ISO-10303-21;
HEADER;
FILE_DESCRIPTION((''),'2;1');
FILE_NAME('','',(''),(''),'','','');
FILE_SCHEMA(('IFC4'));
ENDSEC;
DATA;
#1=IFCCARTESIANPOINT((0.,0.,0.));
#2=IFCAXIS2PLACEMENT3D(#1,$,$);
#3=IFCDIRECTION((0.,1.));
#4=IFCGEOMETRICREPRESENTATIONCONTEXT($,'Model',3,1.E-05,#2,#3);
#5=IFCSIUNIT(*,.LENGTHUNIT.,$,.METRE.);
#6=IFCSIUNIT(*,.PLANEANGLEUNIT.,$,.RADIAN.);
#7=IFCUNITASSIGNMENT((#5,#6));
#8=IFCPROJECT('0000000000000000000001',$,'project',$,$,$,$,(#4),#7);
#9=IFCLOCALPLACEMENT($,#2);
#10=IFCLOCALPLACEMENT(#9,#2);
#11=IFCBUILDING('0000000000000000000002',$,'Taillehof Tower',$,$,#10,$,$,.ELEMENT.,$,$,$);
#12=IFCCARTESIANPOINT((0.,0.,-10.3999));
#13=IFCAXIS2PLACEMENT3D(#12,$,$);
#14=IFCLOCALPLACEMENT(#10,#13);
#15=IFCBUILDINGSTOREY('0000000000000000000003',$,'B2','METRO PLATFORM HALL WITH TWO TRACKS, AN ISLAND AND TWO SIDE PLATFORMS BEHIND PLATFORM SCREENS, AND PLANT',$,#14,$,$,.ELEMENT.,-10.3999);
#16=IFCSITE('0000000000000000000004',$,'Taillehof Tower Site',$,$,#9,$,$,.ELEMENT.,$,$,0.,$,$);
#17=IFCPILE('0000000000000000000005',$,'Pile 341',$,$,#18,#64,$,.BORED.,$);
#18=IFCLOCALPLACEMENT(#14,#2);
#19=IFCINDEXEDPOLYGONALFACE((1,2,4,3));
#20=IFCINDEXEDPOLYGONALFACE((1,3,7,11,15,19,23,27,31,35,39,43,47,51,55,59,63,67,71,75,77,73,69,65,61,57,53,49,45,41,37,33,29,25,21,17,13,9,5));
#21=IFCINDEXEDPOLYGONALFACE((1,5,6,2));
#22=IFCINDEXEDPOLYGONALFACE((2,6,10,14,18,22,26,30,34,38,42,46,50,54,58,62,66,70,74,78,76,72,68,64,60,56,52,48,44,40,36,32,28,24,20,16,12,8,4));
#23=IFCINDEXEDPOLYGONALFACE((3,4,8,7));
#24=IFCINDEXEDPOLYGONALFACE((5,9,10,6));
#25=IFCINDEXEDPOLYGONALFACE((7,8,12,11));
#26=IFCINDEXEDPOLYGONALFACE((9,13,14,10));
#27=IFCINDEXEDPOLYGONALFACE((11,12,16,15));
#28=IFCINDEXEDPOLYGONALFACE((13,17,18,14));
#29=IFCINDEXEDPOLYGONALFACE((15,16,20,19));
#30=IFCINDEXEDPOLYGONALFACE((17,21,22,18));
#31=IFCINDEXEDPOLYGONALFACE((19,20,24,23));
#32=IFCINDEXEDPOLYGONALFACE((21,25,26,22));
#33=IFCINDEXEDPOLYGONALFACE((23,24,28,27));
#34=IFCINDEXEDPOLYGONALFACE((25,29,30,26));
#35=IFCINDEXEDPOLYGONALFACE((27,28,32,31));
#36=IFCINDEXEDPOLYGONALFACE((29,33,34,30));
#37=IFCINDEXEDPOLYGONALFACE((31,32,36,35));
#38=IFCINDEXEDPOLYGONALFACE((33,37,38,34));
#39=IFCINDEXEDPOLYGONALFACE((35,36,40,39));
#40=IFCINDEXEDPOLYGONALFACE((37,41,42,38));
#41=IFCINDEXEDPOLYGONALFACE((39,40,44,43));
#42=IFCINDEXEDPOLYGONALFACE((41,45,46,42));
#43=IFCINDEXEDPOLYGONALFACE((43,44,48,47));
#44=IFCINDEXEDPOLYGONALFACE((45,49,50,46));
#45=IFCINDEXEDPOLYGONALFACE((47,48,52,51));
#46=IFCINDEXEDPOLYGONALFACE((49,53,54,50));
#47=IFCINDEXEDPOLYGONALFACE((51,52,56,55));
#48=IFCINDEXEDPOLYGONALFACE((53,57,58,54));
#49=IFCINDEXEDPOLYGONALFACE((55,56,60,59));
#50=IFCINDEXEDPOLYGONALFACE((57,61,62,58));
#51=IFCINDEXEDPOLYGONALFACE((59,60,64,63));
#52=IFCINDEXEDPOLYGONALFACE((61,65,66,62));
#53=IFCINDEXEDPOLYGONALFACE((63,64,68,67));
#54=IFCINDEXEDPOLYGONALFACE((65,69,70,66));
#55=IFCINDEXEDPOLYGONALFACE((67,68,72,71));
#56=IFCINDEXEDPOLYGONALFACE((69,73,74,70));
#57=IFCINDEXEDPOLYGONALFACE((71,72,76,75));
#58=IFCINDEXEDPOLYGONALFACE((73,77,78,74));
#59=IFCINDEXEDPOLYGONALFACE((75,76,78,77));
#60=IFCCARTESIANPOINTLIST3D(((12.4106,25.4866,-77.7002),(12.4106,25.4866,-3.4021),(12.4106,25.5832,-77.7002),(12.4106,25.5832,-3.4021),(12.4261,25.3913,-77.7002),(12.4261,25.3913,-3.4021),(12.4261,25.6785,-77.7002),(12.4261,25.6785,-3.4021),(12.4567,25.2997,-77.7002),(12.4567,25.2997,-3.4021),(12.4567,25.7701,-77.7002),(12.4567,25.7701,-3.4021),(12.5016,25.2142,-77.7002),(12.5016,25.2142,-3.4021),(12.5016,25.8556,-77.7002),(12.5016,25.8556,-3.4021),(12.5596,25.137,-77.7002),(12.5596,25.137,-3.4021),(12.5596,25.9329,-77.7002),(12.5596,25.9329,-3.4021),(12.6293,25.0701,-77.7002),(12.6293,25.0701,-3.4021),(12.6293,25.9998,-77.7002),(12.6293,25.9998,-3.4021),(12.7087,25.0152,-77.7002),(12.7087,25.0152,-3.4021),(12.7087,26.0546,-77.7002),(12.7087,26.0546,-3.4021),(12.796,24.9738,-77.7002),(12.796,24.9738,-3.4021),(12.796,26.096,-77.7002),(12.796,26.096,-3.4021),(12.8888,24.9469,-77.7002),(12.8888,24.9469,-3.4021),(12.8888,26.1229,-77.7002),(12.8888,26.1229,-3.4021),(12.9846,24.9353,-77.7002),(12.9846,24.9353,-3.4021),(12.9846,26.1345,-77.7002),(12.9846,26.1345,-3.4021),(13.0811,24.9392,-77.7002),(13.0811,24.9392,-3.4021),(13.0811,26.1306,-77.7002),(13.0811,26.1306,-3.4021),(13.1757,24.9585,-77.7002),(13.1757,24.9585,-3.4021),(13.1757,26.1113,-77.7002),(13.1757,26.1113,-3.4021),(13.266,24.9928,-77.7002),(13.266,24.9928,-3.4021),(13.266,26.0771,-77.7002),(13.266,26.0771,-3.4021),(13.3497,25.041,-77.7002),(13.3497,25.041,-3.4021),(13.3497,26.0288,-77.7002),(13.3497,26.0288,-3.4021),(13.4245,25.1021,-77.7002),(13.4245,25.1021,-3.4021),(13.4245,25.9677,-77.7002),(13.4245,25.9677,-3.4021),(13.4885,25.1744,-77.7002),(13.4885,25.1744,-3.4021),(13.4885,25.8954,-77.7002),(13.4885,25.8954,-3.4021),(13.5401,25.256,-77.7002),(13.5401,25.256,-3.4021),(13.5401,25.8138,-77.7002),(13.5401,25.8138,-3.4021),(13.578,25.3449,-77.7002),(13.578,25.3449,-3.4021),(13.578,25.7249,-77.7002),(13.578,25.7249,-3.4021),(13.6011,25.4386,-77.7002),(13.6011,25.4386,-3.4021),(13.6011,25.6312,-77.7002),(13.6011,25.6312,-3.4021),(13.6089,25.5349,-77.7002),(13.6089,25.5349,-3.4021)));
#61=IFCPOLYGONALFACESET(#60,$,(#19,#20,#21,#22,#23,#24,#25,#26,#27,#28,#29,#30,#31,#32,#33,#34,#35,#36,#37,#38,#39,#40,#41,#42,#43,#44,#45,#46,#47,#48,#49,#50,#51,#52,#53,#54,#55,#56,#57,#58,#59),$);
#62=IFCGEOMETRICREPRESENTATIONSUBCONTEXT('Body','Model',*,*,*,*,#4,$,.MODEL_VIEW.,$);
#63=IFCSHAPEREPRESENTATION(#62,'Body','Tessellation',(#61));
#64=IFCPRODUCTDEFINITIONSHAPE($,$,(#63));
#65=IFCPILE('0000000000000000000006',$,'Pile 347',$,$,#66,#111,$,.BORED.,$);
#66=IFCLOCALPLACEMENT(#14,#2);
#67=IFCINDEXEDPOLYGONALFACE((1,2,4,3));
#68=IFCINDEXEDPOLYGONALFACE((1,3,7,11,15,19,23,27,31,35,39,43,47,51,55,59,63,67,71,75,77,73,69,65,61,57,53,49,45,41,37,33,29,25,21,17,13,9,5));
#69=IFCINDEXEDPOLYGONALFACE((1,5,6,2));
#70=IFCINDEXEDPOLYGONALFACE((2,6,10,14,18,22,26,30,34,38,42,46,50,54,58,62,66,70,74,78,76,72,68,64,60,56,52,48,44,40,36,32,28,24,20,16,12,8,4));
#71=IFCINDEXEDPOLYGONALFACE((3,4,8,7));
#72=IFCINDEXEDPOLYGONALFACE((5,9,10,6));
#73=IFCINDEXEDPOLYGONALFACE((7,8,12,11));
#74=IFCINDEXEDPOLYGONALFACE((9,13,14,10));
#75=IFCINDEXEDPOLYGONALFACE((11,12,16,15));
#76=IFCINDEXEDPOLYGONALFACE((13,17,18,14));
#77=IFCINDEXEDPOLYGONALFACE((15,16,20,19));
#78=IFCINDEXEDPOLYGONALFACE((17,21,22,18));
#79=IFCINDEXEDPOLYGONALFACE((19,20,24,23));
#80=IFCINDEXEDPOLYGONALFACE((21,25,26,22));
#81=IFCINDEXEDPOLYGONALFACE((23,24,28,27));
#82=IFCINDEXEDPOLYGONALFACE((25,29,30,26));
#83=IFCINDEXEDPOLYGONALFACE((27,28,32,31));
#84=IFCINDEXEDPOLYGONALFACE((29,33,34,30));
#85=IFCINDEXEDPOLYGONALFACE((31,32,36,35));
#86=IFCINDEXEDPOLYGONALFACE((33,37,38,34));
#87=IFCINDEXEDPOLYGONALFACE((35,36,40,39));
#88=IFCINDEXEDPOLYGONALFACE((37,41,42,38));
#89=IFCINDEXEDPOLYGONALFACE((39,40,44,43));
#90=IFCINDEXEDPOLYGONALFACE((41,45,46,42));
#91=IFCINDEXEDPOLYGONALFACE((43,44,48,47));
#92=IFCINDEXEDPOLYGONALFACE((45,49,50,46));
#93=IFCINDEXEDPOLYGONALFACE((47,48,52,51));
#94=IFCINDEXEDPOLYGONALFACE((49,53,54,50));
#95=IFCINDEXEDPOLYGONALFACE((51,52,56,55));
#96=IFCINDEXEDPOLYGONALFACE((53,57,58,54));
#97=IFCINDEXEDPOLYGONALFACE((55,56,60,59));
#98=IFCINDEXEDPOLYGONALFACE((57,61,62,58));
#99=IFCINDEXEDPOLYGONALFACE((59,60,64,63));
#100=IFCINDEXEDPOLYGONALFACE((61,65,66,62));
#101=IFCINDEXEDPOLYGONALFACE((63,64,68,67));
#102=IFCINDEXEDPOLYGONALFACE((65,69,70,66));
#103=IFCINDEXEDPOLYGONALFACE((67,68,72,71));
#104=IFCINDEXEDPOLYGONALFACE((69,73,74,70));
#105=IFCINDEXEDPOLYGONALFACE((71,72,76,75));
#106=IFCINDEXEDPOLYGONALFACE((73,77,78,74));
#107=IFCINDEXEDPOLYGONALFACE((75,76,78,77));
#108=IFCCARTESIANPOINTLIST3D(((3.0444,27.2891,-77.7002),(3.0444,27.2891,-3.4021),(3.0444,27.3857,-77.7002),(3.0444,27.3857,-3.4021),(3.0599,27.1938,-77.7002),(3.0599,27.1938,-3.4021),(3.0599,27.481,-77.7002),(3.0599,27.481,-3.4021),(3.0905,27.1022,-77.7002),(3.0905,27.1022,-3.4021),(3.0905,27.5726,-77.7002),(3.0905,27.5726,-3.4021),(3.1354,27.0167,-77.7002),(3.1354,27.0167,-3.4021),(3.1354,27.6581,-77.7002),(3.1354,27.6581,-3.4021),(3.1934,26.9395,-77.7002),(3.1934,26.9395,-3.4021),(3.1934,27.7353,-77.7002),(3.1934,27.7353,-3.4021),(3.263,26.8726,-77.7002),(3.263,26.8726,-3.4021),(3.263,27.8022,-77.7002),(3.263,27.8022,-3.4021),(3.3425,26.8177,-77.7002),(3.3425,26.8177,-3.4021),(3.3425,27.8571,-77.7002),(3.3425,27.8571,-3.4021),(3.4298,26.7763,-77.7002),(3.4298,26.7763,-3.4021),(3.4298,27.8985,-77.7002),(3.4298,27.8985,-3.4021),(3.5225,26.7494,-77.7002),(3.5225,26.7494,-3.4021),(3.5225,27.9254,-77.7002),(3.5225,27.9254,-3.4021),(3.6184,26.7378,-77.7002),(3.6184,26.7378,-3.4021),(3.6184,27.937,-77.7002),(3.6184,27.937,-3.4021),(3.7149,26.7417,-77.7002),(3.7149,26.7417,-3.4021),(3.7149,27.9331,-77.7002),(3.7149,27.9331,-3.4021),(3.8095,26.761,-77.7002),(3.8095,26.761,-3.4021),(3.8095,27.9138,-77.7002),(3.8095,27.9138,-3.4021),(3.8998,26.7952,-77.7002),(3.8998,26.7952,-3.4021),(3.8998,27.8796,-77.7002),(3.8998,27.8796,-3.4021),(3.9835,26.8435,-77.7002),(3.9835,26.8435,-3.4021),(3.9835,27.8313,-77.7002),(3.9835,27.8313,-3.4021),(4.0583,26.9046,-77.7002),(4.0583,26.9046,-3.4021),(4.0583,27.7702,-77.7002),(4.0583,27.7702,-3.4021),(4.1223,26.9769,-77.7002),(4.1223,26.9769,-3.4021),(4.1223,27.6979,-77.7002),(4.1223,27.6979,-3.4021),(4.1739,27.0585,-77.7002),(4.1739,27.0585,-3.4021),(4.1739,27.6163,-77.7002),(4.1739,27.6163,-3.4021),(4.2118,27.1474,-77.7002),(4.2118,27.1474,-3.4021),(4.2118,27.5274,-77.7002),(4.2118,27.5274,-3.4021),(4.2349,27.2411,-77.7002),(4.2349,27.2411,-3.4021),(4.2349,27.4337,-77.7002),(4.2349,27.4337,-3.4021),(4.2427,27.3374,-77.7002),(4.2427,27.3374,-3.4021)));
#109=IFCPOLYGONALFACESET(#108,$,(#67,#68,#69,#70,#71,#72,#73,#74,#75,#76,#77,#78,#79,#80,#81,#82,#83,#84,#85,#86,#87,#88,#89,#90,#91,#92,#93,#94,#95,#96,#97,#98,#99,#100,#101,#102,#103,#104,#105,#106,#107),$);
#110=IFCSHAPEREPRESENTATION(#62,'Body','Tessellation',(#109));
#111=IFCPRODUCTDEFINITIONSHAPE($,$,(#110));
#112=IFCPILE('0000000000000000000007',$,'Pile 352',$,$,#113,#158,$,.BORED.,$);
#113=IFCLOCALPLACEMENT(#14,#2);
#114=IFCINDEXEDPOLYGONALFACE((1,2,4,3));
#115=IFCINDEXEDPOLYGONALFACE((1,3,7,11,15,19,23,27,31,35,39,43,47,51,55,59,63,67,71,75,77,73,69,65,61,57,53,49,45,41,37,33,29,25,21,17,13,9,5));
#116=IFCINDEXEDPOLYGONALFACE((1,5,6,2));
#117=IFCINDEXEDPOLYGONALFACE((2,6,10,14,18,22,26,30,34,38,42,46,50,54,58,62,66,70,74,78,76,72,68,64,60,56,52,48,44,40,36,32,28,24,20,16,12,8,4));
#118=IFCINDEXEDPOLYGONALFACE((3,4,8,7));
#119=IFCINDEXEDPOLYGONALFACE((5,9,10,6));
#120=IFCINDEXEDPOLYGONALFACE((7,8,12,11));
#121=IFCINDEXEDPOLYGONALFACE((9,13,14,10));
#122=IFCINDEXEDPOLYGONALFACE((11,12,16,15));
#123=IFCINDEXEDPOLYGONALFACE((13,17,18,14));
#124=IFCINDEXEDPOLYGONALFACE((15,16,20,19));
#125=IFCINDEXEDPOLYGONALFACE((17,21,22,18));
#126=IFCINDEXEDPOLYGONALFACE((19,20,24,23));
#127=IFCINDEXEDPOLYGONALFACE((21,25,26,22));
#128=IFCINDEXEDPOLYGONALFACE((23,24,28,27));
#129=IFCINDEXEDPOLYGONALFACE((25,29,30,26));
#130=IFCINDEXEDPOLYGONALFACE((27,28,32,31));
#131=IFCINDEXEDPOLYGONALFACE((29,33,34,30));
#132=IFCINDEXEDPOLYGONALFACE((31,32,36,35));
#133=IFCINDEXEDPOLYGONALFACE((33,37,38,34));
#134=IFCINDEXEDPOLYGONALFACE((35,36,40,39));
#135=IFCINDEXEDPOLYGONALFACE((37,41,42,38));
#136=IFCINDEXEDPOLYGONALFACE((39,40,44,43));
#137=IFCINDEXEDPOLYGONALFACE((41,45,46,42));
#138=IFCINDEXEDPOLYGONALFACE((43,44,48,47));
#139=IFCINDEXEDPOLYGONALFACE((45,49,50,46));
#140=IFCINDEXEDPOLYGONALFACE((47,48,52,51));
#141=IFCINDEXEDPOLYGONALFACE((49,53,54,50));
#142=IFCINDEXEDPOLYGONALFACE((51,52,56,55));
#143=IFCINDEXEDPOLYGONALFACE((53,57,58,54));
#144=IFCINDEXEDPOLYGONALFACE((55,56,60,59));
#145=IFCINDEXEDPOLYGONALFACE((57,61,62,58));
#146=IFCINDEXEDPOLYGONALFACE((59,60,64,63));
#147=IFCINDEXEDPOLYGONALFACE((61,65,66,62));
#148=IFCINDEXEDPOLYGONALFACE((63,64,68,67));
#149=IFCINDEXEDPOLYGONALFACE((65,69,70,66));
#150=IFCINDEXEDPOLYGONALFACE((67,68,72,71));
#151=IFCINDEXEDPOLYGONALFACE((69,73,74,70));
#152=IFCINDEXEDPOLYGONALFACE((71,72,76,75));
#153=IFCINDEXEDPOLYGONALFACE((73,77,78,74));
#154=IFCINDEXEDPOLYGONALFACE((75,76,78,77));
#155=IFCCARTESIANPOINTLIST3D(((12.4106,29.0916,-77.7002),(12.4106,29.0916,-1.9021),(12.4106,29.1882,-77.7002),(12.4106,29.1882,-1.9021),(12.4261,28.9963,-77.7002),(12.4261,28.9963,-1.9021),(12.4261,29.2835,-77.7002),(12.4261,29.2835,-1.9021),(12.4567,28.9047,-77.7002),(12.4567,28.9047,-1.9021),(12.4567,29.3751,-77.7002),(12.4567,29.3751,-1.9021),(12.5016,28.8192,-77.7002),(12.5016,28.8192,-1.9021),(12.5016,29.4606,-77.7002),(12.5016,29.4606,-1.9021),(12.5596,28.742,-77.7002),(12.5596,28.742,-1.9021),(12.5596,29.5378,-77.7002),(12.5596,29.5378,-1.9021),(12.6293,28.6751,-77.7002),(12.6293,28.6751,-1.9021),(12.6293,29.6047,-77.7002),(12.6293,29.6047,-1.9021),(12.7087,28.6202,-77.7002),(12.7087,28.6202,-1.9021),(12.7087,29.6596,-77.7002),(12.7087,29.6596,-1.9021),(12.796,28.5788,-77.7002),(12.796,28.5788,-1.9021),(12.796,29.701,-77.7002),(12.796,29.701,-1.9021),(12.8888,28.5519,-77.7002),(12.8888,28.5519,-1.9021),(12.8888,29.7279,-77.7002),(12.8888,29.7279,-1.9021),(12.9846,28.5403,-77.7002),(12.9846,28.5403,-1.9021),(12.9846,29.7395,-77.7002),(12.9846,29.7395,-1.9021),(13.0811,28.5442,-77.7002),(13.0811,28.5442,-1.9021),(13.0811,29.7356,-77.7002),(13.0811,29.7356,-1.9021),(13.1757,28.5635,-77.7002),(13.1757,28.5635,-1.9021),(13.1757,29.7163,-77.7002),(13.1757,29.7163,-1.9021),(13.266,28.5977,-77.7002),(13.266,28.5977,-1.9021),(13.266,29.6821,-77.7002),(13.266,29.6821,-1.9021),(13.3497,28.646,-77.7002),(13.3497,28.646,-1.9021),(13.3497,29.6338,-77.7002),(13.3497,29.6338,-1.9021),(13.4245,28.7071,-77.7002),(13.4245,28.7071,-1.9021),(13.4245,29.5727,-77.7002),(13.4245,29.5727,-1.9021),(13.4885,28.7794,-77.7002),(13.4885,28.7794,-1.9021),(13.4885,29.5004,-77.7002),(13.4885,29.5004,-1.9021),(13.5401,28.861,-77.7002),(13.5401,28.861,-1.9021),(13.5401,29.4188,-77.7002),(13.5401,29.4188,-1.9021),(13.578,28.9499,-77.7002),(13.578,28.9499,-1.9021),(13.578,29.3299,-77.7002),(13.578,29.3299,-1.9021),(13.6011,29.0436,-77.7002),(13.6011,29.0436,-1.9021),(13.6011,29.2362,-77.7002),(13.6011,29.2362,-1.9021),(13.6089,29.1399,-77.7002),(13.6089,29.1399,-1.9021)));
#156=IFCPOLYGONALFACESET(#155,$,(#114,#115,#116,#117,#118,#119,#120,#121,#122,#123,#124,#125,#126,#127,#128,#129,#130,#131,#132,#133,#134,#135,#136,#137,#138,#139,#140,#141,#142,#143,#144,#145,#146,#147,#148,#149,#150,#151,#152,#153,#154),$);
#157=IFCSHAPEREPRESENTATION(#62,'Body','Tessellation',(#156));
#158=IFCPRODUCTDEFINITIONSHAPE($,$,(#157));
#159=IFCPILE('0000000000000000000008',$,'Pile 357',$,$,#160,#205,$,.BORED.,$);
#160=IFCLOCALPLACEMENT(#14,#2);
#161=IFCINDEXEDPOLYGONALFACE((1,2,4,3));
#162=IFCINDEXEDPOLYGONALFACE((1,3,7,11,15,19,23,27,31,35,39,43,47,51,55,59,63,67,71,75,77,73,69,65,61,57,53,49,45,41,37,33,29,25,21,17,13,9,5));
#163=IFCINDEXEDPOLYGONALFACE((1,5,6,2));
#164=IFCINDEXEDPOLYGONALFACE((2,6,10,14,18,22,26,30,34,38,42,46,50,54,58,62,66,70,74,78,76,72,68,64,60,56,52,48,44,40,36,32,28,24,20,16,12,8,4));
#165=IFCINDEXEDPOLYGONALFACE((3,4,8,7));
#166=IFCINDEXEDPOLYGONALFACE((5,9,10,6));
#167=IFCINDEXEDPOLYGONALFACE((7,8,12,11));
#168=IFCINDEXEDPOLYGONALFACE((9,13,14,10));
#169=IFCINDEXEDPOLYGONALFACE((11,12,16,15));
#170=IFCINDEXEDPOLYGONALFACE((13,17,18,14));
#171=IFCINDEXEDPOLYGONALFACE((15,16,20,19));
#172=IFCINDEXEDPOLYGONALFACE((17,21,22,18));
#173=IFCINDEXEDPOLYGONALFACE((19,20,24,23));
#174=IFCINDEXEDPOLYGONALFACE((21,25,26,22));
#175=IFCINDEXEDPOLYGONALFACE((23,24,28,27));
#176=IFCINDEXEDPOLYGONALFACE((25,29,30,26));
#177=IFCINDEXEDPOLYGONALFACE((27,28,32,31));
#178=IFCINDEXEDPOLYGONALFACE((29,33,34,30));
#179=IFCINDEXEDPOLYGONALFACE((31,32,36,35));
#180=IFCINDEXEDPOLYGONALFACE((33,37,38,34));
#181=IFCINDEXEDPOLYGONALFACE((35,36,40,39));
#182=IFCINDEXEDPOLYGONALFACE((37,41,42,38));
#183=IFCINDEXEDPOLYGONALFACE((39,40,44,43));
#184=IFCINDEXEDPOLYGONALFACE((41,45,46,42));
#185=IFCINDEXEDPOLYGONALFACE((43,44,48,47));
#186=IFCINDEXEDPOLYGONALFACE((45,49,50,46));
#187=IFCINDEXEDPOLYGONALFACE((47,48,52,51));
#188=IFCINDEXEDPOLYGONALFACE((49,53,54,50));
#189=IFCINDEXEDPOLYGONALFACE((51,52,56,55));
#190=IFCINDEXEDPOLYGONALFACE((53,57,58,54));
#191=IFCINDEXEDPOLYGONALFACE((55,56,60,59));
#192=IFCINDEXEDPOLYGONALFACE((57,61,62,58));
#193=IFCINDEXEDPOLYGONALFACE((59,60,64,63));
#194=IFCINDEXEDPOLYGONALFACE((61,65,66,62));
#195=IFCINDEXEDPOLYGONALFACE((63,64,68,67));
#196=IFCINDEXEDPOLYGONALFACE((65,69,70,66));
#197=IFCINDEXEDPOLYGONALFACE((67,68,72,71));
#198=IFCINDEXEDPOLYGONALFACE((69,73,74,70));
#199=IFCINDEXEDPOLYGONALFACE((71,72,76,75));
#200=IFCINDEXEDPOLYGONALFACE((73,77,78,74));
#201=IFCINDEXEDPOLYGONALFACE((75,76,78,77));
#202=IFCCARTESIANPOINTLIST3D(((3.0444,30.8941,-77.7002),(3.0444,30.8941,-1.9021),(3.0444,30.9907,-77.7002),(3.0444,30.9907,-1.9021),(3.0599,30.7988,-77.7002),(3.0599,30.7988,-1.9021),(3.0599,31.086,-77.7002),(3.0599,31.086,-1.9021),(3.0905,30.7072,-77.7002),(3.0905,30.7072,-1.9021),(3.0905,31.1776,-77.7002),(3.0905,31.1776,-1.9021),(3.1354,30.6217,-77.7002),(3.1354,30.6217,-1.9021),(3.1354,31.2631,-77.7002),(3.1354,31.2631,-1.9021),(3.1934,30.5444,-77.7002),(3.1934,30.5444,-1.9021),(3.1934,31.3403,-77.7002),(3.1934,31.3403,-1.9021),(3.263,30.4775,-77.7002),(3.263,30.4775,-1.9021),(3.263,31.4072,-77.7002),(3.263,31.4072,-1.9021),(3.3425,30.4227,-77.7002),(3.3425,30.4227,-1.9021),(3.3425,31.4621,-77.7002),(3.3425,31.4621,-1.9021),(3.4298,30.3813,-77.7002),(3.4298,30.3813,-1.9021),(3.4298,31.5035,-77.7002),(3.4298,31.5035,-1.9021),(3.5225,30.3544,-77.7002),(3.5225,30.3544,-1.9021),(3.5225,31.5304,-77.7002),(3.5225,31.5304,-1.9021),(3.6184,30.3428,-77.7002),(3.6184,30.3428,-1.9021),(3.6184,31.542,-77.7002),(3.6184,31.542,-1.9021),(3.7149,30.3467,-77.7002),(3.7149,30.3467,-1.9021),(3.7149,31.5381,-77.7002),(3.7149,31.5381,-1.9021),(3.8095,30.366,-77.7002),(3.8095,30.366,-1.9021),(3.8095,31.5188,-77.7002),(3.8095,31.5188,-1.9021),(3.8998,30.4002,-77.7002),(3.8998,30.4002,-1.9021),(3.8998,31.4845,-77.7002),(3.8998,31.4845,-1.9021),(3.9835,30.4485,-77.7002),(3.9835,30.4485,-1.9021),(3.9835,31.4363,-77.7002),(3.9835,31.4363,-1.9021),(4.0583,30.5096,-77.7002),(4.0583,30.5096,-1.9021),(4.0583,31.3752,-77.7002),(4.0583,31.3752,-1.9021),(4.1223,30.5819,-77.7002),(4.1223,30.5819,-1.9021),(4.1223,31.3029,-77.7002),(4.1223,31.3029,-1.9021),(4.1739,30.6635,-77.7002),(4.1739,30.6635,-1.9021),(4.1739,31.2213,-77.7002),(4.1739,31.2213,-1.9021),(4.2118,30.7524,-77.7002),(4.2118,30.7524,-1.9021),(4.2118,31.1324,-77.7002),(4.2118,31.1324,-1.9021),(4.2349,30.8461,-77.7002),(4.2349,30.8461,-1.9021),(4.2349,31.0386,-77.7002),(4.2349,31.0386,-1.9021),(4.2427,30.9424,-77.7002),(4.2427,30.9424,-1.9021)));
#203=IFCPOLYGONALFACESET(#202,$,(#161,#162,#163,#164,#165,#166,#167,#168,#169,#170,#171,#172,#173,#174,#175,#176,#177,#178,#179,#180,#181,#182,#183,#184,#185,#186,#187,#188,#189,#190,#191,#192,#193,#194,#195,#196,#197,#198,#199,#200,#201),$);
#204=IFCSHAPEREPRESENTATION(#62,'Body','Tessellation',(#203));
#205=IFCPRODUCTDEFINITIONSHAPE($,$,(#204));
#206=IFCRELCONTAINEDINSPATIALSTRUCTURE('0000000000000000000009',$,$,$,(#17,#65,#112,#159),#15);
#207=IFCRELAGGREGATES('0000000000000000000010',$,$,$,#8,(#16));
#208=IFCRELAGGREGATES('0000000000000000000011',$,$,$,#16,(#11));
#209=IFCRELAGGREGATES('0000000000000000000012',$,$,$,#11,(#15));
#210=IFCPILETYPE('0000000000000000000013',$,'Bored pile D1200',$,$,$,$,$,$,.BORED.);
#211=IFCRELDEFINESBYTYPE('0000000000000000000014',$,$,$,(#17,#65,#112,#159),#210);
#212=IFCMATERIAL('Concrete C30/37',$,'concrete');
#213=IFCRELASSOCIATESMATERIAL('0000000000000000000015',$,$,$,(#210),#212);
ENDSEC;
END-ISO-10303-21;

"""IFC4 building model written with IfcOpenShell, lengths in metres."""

from ifc_helpers import new_model, si_unit, direction, frame, origin, origin_2d, place, context, subcontext, project, spatial, circle, extrude, material, material_profile, profile_set, type_object, element, save


model = new_model("IFC4")

# Units and contexts
model_context = context("Model", 3, precision=1e-05, world=origin(), true_north=direction((0.0, 1.0)))
body_context = subcontext(model_context, "Body", "Model", "MODEL_VIEW")
ifc_project = project(units=[si_unit("LENGTHUNIT", "METRE"), si_unit("PLANEANGLEUNIT", "RADIAN")], contexts=[model_context])

# Site, building, storey
site_placement = place(None, origin())
site = spatial("IfcSite", under=ifc_project, at=site_placement, Name="Taillehof Tower Site", CompositionType="ELEMENT", RefElevation=0.0)
building_placement = place(site_placement, origin())
building = spatial("IfcBuilding", under=site, at=building_placement, Name="Taillehof Tower", CompositionType="ELEMENT")
storey_placement = place(building_placement, frame((0.0, 0.0, -10.3999)))
storey = spatial("IfcBuildingStorey", under=building, at=storey_placement, Name="B2", Description="METRO PLATFORM HALL WITH TWO TRACKS, AN ISLAND AND TWO SIDE PLATFORMS BEHIND PLATFORM SCREENS, AND PLANT", CompositionType="ELEMENT", Elevation=-10.3999)

# Piles
ifc_material_1 = material(Name="Concrete C30/37", Category="concrete")
ifc_material_profile_1 = material_profile(ifc_material_1, circle(Radius=0.6001, at=origin_2d()), Name="BP D1200")
ifc_profile_set_1 = profile_set([ifc_material_profile_1], Name="Concrete C30/37")
pile_type = type_object("IfcPileType", Name="Bored pile D1200", PredefinedType="BORED", material=ifc_profile_set_1)
for number, where, z_axis, x_axis, name in (
    (1, (13.0088, 25.5349, -3.4021), (0.0, 0.0, -1.0), (1.0, 0.0, 0.0), "Pile 341"),
    (2, (3.6426, 27.3374, -3.4021), (0.0, 0.0, -1.0), (1.0, 0.0, 0.0), "Pile 347"),
):
    element("IfcPile", number, at=place(storey_placement, frame(where, z_axis=z_axis, x_axis=x_axis)), inside=storey, type_object=pile_type, Name=name, PredefinedType="BORED", context=body_context, shape_type="SweptSolid", body=[
        extrude(circle(Radius=0.6001, at=origin_2d()), origin(), (0.0, 0.0, 1.0), 74.2981),
    ])
for number, where, z_axis, x_axis, name in (
    (3, (13.0088, 29.1399, -1.9021), (0.0, 0.0, -1.0), (1.0, 0.0, 0.0), "Pile 352"),
    (4, (3.6426, 30.9424, -1.9021), (0.0, 0.0, -1.0), (1.0, 0.0, 0.0), "Pile 357"),
):
    element("IfcPile", number, at=place(storey_placement, frame(where, z_axis=z_axis, x_axis=x_axis)), inside=storey, type_object=pile_type, Name=name, PredefinedType="BORED", context=body_context, shape_type="SweptSolid", body=[
        extrude(circle(Radius=0.6001, at=origin_2d()), origin(), (0.0, 0.0, 1.0), 75.7981),
    ])

save(model, "model.ifc")
